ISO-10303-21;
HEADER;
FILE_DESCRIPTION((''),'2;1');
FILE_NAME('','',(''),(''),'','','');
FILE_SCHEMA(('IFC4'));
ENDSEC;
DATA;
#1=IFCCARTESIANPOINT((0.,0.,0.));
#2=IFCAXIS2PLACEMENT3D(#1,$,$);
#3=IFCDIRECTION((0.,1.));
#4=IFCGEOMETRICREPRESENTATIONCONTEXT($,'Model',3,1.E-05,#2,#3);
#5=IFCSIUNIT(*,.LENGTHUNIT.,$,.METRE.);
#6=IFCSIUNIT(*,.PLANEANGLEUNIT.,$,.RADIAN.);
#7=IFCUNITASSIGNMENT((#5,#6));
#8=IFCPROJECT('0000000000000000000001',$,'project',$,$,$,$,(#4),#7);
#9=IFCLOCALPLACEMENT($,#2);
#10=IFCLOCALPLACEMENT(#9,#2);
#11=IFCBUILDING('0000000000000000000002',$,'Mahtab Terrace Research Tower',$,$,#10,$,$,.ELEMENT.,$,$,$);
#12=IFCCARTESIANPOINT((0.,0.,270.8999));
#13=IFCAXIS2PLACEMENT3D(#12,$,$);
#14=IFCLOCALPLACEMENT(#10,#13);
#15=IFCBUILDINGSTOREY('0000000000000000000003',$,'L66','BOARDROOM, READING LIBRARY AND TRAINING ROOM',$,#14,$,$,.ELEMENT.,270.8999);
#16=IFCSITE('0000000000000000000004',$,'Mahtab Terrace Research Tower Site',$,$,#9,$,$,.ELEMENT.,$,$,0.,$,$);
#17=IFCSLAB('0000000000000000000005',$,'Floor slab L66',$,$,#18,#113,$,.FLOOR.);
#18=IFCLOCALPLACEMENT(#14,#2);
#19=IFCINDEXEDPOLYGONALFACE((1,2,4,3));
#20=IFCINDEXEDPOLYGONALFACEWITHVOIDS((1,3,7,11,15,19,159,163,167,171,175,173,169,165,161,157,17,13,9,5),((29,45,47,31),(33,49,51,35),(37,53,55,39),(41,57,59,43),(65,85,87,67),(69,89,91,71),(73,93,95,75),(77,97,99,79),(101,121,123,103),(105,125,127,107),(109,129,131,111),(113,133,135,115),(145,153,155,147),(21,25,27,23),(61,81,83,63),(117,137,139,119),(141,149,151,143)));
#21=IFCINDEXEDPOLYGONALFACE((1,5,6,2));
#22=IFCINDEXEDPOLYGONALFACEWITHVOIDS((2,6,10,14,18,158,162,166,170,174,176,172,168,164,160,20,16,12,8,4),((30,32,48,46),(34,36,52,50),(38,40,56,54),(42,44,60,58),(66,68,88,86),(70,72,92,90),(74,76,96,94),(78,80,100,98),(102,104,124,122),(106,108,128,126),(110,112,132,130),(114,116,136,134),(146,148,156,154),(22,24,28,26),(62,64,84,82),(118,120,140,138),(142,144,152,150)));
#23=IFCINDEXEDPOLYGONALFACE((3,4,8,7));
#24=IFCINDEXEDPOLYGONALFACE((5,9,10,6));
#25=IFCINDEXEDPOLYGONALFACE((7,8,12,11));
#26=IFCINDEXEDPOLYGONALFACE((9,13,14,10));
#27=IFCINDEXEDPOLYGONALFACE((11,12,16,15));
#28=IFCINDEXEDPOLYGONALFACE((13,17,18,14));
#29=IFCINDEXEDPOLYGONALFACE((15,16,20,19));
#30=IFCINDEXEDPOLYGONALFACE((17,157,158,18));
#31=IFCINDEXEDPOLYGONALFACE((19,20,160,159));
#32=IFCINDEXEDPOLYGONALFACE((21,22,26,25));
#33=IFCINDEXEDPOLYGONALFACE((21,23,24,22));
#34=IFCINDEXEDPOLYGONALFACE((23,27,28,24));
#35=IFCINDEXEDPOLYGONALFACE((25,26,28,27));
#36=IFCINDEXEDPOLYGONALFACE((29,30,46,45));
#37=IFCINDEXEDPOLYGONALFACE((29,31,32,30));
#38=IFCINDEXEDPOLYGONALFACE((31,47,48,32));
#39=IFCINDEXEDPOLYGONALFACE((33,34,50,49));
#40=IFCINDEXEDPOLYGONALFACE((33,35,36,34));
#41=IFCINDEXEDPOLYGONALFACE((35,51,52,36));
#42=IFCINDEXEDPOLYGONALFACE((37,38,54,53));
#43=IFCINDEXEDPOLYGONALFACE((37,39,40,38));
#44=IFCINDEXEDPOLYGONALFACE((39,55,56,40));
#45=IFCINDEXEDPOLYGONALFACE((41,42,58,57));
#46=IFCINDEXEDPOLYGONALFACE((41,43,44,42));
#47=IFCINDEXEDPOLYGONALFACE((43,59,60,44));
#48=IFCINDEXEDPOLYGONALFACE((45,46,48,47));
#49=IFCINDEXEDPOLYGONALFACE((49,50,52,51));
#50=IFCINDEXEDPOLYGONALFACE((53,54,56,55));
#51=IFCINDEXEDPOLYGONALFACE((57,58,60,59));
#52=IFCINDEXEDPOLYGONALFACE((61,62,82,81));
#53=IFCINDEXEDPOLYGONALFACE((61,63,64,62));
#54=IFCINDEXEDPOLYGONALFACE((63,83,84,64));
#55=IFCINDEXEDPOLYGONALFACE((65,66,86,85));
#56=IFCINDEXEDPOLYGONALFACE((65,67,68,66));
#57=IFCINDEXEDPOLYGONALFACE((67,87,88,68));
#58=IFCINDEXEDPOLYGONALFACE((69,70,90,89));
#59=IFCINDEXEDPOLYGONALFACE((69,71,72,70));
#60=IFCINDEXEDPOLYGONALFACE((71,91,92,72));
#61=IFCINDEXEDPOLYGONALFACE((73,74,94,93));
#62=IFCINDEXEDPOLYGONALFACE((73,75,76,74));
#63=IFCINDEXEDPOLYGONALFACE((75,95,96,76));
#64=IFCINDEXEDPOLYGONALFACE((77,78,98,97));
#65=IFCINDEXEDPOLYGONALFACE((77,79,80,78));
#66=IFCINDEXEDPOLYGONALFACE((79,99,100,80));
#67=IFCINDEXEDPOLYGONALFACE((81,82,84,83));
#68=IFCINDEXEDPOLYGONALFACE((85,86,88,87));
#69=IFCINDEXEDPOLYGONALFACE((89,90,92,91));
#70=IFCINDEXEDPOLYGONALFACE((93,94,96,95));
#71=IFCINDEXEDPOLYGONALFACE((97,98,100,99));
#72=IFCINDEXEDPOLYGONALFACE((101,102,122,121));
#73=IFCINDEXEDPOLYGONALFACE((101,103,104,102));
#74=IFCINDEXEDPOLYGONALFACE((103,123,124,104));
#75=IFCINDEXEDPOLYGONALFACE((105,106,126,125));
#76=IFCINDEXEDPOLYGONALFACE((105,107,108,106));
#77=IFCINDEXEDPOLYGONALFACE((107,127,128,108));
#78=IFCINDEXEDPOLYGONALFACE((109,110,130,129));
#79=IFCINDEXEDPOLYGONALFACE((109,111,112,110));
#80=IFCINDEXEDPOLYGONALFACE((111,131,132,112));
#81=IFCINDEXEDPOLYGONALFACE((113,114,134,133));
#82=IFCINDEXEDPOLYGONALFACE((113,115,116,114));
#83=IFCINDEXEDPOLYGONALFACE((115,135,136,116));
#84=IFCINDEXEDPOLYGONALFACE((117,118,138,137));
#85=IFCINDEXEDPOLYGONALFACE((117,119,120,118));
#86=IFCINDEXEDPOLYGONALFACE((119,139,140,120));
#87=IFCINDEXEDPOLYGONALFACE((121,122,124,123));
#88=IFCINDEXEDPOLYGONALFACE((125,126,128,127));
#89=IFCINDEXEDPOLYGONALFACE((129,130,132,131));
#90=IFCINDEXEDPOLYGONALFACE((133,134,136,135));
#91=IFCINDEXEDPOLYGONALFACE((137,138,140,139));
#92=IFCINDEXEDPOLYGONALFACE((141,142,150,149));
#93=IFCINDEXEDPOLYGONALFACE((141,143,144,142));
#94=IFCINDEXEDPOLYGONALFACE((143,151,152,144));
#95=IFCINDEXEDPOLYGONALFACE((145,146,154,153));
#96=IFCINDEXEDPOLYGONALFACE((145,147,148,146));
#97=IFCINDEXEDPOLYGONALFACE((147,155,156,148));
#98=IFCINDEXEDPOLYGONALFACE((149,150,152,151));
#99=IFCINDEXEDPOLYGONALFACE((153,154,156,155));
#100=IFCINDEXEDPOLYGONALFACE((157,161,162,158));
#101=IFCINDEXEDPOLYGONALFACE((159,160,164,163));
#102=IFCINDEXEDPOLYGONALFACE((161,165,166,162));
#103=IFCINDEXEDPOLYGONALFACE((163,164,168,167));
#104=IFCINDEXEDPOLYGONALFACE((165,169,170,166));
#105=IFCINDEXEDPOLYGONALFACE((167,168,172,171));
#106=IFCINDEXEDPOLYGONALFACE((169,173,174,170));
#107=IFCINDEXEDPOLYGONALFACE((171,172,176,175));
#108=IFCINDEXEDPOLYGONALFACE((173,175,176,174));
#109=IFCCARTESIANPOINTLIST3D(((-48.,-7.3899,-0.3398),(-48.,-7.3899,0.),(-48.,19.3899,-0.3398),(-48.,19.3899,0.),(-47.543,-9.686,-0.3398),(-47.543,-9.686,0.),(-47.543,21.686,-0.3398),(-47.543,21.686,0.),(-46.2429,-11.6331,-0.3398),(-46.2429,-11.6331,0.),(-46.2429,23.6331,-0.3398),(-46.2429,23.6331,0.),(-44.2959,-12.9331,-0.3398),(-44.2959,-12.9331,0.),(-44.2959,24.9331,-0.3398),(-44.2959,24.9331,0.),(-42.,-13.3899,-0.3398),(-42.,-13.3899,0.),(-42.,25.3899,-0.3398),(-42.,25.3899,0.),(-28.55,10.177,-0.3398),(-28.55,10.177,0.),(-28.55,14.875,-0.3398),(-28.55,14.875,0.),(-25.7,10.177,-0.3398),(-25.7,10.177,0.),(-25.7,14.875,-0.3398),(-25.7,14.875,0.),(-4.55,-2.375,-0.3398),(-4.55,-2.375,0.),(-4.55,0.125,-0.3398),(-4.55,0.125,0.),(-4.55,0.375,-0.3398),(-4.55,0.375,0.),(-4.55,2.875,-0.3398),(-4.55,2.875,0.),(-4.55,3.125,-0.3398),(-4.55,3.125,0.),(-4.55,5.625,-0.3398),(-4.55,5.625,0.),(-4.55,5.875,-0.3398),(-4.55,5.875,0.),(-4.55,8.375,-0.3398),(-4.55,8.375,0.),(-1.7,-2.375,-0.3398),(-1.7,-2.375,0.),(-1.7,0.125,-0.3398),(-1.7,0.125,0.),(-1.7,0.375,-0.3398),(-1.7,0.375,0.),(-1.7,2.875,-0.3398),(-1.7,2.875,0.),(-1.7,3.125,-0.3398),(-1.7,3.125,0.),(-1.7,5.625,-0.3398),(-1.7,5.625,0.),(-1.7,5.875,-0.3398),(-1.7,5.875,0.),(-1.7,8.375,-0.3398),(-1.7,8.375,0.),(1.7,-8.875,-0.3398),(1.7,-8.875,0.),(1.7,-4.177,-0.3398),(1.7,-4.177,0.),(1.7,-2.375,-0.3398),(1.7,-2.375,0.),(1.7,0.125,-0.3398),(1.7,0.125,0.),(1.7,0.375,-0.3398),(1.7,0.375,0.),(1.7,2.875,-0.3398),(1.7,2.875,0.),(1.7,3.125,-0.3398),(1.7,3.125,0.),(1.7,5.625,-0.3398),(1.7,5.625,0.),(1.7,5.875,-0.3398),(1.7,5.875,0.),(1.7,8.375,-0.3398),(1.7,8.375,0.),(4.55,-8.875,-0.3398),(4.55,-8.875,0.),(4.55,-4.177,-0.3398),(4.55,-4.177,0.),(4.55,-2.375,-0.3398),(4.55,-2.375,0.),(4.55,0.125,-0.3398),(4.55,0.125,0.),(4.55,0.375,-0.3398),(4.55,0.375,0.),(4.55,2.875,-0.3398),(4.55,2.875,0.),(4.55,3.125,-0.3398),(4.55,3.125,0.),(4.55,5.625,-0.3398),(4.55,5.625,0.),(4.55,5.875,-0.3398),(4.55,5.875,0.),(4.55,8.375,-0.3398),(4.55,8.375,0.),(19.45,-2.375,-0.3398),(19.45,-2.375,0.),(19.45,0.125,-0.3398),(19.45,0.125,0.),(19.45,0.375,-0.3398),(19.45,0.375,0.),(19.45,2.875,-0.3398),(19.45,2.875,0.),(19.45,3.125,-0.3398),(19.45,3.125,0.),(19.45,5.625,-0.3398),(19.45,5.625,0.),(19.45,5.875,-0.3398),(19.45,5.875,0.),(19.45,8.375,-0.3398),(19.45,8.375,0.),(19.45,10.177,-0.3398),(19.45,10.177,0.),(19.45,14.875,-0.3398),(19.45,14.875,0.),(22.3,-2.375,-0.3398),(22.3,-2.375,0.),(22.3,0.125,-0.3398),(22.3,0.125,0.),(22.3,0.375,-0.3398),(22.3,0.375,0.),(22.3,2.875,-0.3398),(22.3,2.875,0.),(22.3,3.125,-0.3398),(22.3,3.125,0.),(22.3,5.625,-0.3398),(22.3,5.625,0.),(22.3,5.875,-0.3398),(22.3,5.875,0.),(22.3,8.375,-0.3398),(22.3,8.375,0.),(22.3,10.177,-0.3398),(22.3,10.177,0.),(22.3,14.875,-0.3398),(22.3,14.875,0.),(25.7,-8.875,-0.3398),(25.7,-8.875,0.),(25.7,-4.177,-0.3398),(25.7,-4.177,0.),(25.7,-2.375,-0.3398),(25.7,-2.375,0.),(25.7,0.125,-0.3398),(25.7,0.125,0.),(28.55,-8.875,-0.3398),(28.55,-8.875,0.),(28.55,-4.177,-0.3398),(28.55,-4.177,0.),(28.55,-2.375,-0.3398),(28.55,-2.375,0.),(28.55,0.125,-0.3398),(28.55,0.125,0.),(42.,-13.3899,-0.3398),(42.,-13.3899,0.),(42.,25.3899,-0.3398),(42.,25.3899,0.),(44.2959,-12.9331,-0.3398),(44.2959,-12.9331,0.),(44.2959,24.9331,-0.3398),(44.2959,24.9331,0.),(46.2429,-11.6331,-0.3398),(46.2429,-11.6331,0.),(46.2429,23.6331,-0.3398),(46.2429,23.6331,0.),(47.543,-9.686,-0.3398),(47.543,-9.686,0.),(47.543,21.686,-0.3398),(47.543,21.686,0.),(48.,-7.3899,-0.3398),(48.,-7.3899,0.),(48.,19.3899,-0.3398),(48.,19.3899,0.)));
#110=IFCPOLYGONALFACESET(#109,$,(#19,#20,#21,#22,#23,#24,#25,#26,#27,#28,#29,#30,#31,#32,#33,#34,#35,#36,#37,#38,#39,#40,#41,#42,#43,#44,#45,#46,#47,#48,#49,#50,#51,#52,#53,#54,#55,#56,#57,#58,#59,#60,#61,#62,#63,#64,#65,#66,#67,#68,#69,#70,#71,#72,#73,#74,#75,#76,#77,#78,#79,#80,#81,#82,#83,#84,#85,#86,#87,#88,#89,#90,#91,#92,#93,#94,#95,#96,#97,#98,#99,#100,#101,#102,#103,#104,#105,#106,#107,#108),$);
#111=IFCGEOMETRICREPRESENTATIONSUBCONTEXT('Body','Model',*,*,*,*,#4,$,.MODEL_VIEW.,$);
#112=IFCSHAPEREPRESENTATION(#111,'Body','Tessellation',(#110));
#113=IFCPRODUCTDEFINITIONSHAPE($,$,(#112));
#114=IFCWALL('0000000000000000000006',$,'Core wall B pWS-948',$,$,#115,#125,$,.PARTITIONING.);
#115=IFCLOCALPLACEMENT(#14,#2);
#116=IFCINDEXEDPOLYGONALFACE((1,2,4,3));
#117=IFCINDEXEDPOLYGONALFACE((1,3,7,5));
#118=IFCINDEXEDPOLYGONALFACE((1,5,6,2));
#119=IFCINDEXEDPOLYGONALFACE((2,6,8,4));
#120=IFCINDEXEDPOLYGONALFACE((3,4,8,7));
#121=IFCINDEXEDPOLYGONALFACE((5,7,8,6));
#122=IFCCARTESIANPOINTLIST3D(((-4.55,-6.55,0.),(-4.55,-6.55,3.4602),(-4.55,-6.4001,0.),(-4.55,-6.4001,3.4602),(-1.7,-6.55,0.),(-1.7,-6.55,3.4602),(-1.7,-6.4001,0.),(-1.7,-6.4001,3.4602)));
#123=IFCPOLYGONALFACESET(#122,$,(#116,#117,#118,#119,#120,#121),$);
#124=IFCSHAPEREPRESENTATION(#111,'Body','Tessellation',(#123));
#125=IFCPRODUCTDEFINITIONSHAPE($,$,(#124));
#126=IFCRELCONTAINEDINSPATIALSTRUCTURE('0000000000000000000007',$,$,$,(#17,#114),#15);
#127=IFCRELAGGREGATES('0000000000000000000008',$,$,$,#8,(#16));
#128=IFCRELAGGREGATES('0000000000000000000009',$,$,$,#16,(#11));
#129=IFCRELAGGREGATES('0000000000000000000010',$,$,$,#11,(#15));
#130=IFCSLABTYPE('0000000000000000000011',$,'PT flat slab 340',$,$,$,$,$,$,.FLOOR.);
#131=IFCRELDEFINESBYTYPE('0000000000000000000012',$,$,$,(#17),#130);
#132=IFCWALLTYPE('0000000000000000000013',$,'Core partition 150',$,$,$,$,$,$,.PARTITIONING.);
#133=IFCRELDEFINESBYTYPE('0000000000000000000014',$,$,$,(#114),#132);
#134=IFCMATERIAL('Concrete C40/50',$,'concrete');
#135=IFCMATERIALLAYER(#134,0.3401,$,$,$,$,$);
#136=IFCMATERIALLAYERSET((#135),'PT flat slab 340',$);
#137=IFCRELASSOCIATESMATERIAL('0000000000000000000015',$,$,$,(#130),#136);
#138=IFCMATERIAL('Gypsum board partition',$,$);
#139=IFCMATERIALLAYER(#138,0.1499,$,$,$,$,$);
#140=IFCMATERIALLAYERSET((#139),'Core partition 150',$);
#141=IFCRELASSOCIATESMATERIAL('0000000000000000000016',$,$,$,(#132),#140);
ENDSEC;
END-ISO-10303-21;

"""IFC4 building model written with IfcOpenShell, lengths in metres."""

from ifc_helpers import new_model, si_unit, direction, frame, frame_2d, origin, place, context, subcontext, project, spatial, polyline, rectangle, outline, extrude, material, layer, layer_set, type_object, element, save


model = new_model("IFC4")

# Units and contexts
model_context = context("Model", 3, precision=1e-05, world=origin(), true_north=direction((0.0, 1.0)))
body_context = subcontext(model_context, "Body", "Model", "MODEL_VIEW")
ifc_project = project(units=[si_unit("LENGTHUNIT", "METRE"), si_unit("PLANEANGLEUNIT", "RADIAN")], contexts=[model_context])

# Site, building, storey
site_placement = place(None, origin())
site = spatial("IfcSite", under=ifc_project, at=site_placement, Name="Mahtab Terrace Research Tower Site", CompositionType="ELEMENT", RefElevation=0.0)
building_placement = place(site_placement, origin())
building = spatial("IfcBuilding", under=site, at=building_placement, Name="Mahtab Terrace Research Tower", CompositionType="ELEMENT")
storey_placement = place(building_placement, frame((0.0, 0.0, 270.8999)))
storey = spatial("IfcBuildingStorey", under=building, at=storey_placement, Name="L66", Description="BOARDROOM, READING LIBRARY AND TRAINING ROOM", CompositionType="ELEMENT", Elevation=270.8999)

# Slab
ifc_material_1 = material(Name="Concrete C40/50", Category="concrete")
ifc_layer_1 = layer(ifc_material_1, 0.3401)
ifc_layer_set_1 = layer_set([ifc_layer_1], Name="PT flat slab 340")
slab_type = type_object("IfcSlabType", Name="PT flat slab 340", PredefinedType="FLOOR", material=ifc_layer_set_1)
slab_placement = place(storey_placement, frame((0.0, 0.0, -0.3398)))
element("IfcSlab", 1, at=slab_placement, inside=storey, type_object=slab_type, Name="Floor slab L66", PredefinedType="FLOOR", context=body_context, shape_type="SweptSolid", body=[
    extrude(outline(polyline([(47.543, 21.686), (46.2429, 23.6331), (44.2959, 24.9331), (42.0, 25.3899), (-42.0, 25.3899), (-44.2959, 24.9331), (-46.2429, 23.6331), (-47.543, 21.686), (-48.0, 19.3899), (-48.0, -7.3899), (-47.543, -9.686), (-46.2429, -11.6331), (-44.2959, -12.9331), (-42.0, -13.3899), (42.0, -13.3899), (44.2959, -12.9331), (46.2429, -11.6331), (47.543, -9.686), (48.0, -7.3899), (48.0, 19.3899), (47.543, 21.686)]), holes=[polyline([(-4.55, -2.375), (-4.55, 0.125), (-1.7, 0.125), (-1.7, -2.375), (-4.55, -2.375)]), polyline([(1.7, -2.375), (1.7, 0.125), (4.55, 0.125), (4.55, -2.375), (1.7, -2.375)]), polyline([(-4.55, 0.375), (-4.55, 2.875), (-1.7, 2.875), (-1.7, 0.375), (-4.55, 0.375)]), polyline([(1.7, 0.375), (1.7, 2.875), (4.55, 2.875), (4.55, 0.375), (1.7, 0.375)]), polyline([(-4.55, 3.125), (-4.55, 5.625), (-1.7, 5.625), (-1.7, 3.125), (-4.55, 3.125)]), polyline([(1.7, 3.125), (1.7, 5.625), (4.55, 5.625), (4.55, 3.125), (1.7, 3.125)]), polyline([(-4.55, 5.875), (-4.55, 8.375), (-1.7, 8.375), (-1.7, 5.875), (-4.55, 5.875)]), polyline([(1.7, 5.875), (1.7, 8.375), (4.55, 8.375), (4.55, 5.875), (1.7, 5.875)]), polyline([(-28.55, 10.177), (-28.55, 14.875), (-25.7, 14.875), (-25.7, 10.177), (-28.55, 10.177)]), polyline([(1.7, -8.875), (1.7, -4.177), (4.55, -4.177), (4.55, -8.875), (1.7, -8.875)]), polyline([(25.7, -8.875), (25.7, -4.177), (28.55, -4.177), (28.55, -8.875), (25.7, -8.875)]), polyline([(19.45, -2.375), (19.45, 0.125), (22.3, 0.125), (22.3, -2.375), (19.45, -2.375)]), polyline([(25.7, -2.375), (25.7, 0.125), (28.55, 0.125), (28.55, -2.375), (25.7, -2.375)]), polyline([(19.45, 0.375), (19.45, 2.875), (22.3, 2.875), (22.3, 0.375), (19.45, 0.375)]), polyline([(19.45, 3.125), (19.45, 5.625), (22.3, 5.625), (22.3, 3.125), (19.45, 3.125)]), polyline([(19.45, 8.375), (22.3, 8.375), (22.3, 5.875), (19.45, 5.875), (19.45, 8.375)]), polyline([(19.45, 14.875), (22.3, 14.875), (22.3, 10.177), (19.45, 10.177), (19.45, 14.875)])]), origin(), (0.0, 0.0, 1.0), 0.3398),
])

# Wall
ifc_material_2 = material(Name="Gypsum board partition")
ifc_layer_2 = layer(ifc_material_2, 0.1499)
ifc_layer_set_2 = layer_set([ifc_layer_2], Name="Core partition 150")
wall_type_1 = type_object("IfcWallType", Name="Core partition 150", PredefinedType="PARTITIONING", material=ifc_layer_set_2)
wall_1_placement = place(storey_placement, frame((-4.55, -6.4751, 0.0), z_axis=(0.0, 0.0, 1.0), x_axis=(1.0, 0.0, 0.0)))
element("IfcWall", 2, at=wall_1_placement, inside=storey, type_object=wall_type_1, Name="Core wall B pWS-948", PredefinedType="PARTITIONING", context=body_context, shape_type="SweptSolid", body=[
    extrude(rectangle(XDim=2.8501, YDim=0.1499, at=frame_2d((1.425, 0.0))), origin(), (0.0, 0.0, 1.0), 3.4602),
])

save(model, "model.ifc")
